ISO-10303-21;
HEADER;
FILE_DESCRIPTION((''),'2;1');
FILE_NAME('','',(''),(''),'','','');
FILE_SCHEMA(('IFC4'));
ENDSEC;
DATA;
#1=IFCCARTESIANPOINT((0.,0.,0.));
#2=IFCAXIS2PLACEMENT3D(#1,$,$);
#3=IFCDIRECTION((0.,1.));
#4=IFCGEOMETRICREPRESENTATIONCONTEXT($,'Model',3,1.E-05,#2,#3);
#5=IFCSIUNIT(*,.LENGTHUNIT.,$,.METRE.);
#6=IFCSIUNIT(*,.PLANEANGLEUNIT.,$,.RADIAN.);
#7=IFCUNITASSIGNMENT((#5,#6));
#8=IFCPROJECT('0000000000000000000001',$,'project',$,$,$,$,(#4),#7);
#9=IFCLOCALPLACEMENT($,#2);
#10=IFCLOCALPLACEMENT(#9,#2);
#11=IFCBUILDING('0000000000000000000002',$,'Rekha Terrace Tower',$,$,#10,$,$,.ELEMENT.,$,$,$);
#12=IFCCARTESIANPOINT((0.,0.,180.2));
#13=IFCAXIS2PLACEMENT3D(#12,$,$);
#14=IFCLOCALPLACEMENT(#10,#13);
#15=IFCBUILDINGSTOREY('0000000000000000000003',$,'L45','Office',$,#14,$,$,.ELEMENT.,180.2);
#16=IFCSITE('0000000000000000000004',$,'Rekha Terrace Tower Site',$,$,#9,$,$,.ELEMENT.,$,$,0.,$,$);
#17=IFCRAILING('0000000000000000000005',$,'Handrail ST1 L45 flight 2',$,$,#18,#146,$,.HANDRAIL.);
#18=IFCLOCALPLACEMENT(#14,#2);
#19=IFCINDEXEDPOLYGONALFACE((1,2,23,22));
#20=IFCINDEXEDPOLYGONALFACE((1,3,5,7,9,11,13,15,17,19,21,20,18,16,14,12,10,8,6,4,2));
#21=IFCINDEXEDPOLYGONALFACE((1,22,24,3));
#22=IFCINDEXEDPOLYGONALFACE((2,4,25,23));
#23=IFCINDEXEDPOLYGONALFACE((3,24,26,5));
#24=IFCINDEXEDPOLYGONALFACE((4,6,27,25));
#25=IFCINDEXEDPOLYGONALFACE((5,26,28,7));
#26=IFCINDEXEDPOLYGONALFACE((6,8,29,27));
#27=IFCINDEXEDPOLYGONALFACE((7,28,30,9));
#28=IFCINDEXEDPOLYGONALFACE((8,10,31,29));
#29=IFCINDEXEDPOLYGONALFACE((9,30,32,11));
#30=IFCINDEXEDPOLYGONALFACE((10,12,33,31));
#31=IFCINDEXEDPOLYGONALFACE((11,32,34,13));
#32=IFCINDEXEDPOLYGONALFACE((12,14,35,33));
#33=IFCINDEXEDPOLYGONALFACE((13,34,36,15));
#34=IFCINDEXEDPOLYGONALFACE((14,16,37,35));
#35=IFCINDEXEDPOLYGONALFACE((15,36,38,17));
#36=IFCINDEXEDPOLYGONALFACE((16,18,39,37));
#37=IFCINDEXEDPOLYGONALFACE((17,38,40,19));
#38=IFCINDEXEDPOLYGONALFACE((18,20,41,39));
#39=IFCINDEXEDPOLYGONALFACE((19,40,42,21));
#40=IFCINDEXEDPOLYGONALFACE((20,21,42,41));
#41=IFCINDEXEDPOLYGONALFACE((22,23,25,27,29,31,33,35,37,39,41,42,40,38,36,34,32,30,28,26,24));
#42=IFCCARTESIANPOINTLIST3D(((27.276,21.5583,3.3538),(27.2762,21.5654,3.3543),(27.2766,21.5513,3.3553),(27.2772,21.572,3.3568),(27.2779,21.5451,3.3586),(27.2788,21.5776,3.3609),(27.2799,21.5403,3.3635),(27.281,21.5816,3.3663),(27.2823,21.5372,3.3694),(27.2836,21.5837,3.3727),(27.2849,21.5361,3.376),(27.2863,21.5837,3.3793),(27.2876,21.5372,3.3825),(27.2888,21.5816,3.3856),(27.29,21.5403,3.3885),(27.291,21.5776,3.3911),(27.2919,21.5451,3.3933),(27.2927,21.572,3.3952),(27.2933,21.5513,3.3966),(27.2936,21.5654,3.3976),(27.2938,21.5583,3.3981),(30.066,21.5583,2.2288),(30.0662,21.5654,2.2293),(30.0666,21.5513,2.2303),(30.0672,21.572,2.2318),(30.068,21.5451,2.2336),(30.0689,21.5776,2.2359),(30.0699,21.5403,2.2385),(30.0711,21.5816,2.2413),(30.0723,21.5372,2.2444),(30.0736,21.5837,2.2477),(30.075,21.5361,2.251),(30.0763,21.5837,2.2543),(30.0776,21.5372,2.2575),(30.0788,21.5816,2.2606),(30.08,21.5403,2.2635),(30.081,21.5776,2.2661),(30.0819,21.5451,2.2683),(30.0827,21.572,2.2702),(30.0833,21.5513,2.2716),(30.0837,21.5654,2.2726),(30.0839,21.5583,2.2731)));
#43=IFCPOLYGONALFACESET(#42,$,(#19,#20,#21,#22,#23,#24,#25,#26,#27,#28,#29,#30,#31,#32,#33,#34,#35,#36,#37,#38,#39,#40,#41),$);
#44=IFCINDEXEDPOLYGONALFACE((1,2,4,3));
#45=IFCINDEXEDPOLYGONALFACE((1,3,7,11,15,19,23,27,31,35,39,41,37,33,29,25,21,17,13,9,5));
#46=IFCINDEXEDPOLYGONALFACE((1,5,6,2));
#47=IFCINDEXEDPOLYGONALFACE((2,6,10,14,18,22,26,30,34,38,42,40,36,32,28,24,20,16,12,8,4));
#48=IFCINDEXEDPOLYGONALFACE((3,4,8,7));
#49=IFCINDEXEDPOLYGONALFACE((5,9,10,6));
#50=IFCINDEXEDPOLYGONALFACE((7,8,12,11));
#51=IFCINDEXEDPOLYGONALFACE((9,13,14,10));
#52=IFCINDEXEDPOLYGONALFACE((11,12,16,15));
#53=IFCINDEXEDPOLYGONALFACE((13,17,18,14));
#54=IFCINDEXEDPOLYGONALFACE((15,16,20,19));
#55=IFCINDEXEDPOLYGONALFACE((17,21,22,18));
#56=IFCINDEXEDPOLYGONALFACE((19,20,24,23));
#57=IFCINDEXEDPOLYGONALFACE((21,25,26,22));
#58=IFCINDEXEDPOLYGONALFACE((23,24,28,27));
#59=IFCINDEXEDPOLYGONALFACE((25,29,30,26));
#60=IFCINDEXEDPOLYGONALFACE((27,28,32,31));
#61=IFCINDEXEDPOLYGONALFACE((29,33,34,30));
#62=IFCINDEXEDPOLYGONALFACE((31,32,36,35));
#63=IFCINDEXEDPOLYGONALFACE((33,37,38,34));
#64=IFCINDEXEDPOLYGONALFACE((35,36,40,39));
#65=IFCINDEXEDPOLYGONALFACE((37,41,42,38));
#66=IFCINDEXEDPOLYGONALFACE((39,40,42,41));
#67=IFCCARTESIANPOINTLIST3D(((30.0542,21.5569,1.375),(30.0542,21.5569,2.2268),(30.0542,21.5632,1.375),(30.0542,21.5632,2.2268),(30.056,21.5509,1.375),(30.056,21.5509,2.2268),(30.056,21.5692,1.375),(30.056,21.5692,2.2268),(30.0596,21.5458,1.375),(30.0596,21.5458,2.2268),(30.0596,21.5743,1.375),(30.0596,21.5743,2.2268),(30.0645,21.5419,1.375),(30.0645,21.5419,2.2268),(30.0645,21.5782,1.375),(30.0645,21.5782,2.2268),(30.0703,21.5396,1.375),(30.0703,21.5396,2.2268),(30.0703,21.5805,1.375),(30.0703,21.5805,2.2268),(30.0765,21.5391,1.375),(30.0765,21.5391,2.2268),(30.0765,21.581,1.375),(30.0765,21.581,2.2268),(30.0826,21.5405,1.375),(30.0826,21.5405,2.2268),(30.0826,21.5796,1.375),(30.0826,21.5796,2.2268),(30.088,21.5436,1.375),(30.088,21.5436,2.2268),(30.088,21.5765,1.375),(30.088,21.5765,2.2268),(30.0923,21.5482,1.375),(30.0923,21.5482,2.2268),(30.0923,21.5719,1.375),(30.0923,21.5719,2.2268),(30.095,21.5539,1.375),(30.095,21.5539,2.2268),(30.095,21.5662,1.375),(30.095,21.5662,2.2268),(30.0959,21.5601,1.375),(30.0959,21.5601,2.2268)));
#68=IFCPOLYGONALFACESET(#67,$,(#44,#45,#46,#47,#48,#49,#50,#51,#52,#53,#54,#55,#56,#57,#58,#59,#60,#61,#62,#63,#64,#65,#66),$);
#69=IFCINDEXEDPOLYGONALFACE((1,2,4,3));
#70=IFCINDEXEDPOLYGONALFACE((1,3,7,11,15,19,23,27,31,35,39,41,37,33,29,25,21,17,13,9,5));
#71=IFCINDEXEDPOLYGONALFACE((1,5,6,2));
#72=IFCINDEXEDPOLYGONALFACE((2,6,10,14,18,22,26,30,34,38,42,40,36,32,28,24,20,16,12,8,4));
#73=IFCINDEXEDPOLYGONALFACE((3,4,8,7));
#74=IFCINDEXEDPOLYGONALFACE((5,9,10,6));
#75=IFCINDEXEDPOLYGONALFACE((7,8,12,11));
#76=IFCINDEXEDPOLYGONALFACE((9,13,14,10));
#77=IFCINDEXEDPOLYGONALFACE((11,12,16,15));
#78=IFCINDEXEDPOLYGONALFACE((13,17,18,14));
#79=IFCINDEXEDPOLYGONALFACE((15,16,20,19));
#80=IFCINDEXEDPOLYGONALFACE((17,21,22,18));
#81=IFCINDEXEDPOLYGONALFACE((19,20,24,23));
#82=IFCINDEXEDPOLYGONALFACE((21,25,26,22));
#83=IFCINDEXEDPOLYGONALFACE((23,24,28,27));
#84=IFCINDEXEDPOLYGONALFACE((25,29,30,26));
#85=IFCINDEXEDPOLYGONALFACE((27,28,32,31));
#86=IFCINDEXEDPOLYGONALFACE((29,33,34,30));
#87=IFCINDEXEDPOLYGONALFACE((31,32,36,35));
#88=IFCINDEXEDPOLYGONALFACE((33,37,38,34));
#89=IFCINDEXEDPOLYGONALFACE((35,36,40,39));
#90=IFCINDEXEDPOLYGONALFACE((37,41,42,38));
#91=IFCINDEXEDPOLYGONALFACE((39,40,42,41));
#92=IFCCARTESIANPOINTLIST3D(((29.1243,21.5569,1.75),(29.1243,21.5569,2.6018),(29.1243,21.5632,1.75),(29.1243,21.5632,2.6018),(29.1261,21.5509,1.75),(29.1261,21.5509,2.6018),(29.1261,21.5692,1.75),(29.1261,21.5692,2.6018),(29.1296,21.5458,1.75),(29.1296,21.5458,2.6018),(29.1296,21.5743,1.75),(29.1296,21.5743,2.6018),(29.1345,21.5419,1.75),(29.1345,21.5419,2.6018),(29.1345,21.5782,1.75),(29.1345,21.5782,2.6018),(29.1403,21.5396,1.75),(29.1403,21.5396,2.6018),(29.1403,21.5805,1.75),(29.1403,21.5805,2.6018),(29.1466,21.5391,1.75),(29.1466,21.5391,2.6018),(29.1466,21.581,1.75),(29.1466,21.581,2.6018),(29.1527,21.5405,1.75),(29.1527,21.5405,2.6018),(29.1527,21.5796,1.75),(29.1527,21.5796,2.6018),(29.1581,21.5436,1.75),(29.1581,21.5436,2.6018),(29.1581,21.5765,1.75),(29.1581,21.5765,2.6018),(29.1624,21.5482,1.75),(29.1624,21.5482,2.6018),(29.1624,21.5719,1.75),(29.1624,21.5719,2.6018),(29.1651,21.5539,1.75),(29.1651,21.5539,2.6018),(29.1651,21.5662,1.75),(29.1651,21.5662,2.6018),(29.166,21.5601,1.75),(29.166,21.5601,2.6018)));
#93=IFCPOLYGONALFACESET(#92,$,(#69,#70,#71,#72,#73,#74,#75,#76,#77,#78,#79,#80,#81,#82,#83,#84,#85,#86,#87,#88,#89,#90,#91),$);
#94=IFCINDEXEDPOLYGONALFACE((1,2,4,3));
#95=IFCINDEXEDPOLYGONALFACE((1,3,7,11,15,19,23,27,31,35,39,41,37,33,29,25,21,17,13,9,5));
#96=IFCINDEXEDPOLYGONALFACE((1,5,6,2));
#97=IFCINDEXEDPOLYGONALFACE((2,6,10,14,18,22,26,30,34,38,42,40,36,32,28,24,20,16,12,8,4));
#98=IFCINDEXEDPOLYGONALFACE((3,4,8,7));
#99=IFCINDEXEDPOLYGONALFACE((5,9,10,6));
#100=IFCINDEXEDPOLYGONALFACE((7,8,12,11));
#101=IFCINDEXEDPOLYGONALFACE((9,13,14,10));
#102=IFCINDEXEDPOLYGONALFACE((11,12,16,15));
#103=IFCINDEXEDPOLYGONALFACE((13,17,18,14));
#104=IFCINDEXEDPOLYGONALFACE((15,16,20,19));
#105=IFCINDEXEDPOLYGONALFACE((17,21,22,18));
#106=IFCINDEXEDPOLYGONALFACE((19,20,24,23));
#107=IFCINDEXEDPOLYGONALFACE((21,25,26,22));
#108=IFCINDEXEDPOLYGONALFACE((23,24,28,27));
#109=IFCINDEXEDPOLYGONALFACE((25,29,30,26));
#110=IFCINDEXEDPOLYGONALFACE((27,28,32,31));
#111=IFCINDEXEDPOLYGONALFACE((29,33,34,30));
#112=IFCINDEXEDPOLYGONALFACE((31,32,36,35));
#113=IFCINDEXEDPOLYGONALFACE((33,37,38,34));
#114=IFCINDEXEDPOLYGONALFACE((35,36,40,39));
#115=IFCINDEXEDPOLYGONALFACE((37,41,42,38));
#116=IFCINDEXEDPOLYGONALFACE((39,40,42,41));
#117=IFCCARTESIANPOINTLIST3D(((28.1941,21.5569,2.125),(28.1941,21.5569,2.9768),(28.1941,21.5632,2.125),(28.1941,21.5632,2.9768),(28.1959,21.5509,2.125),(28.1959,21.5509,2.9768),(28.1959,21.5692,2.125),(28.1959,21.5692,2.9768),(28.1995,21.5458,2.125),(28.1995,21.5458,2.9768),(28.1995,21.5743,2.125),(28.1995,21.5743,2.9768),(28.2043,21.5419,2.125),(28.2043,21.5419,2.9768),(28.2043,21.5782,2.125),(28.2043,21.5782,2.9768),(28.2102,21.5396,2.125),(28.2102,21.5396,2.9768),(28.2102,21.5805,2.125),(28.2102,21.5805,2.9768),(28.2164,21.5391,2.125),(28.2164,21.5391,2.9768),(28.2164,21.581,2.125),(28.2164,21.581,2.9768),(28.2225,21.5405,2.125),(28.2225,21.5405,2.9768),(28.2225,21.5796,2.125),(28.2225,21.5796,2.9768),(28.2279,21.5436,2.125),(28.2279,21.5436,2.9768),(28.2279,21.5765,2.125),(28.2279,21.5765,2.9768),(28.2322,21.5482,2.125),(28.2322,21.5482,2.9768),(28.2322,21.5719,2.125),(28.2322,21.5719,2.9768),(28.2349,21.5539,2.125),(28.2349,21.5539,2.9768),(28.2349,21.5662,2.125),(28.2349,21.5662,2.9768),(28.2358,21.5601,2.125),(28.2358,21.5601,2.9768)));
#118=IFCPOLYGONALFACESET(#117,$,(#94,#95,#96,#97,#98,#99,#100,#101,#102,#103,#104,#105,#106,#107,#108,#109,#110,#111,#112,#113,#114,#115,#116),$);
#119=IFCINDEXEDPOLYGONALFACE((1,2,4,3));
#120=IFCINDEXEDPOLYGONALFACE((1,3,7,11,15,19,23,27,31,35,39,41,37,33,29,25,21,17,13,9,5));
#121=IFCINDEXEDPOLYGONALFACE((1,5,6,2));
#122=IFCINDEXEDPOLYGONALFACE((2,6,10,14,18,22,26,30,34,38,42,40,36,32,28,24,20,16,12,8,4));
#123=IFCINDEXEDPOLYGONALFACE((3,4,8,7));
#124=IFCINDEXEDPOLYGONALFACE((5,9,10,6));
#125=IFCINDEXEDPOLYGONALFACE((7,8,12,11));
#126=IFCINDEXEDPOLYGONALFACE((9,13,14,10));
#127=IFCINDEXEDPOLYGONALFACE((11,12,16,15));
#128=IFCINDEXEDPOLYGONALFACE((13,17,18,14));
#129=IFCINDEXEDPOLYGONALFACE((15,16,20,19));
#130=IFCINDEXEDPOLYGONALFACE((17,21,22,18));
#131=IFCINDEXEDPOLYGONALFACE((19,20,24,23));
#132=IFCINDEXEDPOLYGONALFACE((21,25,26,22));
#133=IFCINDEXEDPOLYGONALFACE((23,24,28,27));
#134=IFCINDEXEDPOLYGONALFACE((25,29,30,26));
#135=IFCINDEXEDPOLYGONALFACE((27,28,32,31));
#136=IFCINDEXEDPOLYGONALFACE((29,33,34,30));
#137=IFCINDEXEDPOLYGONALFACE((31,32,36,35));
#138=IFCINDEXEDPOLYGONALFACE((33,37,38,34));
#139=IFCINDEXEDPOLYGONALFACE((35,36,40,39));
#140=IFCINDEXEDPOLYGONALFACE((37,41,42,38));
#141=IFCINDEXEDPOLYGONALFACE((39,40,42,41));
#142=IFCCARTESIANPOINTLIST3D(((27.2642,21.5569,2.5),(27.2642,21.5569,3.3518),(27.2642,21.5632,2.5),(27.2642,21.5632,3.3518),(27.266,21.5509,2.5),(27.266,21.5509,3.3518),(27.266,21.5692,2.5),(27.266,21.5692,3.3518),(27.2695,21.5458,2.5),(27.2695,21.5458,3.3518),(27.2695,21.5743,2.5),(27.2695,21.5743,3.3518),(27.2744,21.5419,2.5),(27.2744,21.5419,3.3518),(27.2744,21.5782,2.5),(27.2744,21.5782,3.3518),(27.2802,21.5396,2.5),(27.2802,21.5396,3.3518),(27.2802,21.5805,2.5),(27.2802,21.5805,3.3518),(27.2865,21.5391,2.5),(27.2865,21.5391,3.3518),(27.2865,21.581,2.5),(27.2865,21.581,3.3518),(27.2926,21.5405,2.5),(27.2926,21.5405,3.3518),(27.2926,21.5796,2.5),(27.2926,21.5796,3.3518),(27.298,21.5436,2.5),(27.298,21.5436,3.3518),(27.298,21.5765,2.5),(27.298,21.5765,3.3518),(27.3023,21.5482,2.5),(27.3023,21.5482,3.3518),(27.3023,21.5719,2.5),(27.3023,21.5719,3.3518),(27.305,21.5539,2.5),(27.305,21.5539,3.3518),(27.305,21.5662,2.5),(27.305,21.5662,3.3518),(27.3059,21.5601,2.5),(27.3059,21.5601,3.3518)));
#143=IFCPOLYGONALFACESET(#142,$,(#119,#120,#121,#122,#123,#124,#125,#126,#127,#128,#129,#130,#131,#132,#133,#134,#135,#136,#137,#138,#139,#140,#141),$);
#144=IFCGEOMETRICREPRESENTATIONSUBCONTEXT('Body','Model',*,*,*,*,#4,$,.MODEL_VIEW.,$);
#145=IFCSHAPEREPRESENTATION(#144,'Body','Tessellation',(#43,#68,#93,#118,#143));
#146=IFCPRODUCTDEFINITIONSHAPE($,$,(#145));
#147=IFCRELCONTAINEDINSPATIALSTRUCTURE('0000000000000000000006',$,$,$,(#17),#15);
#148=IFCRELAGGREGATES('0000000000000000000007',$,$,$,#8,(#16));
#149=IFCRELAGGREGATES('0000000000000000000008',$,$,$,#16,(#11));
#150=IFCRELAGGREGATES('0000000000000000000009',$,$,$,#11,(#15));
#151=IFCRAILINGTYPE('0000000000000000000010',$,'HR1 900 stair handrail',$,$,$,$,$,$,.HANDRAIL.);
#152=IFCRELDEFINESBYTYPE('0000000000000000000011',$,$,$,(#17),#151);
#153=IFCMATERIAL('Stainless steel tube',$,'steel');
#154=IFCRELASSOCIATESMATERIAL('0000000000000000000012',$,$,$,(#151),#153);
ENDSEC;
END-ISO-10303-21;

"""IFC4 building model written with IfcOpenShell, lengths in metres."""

from ifc_helpers import new_model, si_unit, direction, frame, origin, origin_2d, place, context, subcontext, project, spatial, circle, extrude, material, type_object, element, save


model = new_model("IFC4")

# Units and contexts
model_context = context("Model", 3, precision=1e-05, world=origin(), true_north=direction((0.0, 1.0)))
body_context = subcontext(model_context, "Body", "Model", "MODEL_VIEW")
ifc_project = project(units=[si_unit("LENGTHUNIT", "METRE"), si_unit("PLANEANGLEUNIT", "RADIAN")], contexts=[model_context])

# Site, building, storey
site_placement = place(None, origin())
site = spatial("IfcSite", under=ifc_project, at=site_placement, Name="Rekha Terrace Tower Site", CompositionType="ELEMENT", RefElevation=0.0)
building_placement = place(site_placement, origin())
building = spatial("IfcBuilding", under=site, at=building_placement, Name="Rekha Terrace Tower", CompositionType="ELEMENT")
storey_placement = place(building_placement, frame((0.0, 0.0, 180.2)))
storey = spatial("IfcBuildingStorey", under=building, at=storey_placement, Name="L45", Description="Office", CompositionType="ELEMENT", Elevation=180.2)

# Railing
ifc_material_1 = material(Name="Stainless steel tube", Category="steel")
railing_type_1 = type_object("IfcRailingType", Name="HR1 900 stair handrail", PredefinedType="HANDRAIL", material=ifc_material_1)
railing_1_placement = place(storey_placement, frame((30.075, 21.5601, 1.375)))
element("IfcRailing", 1, at=railing_1_placement, inside=storey, type_object=railing_type_1, Name="Handrail ST1 L45 flight 2", PredefinedType="HANDRAIL", context=body_context, shape_type="SweptSolid", body=[
    extrude(circle(Radius=0.0239, at=origin_2d()), frame((0.0, 0.0, 0.876), z_axis=(-0.927443, 0.0, 0.373964), x_axis=(0.0, -1.0, 0.0)), (0.0, 0.0, 1.0), 3.0083),
    extrude(circle(Radius=0.021, at=origin_2d()), origin(), (0.0, 0.0, 1.0), 0.8518),
    extrude(circle(Radius=0.021, at=origin_2d()), frame((-0.9299, 0.0, 0.375)), (0.0, 0.0, 1.0), 0.8518),
    extrude(circle(Radius=0.021, at=origin_2d()), frame((-1.8601, 0.0, 0.75)), (0.0, 0.0, 1.0), 0.8518),
    extrude(circle(Radius=0.021, at=origin_2d()), frame((-2.79, 0.0, 1.125)), (0.0, 0.0, 1.0), 0.8518),
])

save(model, "model.ifc")
